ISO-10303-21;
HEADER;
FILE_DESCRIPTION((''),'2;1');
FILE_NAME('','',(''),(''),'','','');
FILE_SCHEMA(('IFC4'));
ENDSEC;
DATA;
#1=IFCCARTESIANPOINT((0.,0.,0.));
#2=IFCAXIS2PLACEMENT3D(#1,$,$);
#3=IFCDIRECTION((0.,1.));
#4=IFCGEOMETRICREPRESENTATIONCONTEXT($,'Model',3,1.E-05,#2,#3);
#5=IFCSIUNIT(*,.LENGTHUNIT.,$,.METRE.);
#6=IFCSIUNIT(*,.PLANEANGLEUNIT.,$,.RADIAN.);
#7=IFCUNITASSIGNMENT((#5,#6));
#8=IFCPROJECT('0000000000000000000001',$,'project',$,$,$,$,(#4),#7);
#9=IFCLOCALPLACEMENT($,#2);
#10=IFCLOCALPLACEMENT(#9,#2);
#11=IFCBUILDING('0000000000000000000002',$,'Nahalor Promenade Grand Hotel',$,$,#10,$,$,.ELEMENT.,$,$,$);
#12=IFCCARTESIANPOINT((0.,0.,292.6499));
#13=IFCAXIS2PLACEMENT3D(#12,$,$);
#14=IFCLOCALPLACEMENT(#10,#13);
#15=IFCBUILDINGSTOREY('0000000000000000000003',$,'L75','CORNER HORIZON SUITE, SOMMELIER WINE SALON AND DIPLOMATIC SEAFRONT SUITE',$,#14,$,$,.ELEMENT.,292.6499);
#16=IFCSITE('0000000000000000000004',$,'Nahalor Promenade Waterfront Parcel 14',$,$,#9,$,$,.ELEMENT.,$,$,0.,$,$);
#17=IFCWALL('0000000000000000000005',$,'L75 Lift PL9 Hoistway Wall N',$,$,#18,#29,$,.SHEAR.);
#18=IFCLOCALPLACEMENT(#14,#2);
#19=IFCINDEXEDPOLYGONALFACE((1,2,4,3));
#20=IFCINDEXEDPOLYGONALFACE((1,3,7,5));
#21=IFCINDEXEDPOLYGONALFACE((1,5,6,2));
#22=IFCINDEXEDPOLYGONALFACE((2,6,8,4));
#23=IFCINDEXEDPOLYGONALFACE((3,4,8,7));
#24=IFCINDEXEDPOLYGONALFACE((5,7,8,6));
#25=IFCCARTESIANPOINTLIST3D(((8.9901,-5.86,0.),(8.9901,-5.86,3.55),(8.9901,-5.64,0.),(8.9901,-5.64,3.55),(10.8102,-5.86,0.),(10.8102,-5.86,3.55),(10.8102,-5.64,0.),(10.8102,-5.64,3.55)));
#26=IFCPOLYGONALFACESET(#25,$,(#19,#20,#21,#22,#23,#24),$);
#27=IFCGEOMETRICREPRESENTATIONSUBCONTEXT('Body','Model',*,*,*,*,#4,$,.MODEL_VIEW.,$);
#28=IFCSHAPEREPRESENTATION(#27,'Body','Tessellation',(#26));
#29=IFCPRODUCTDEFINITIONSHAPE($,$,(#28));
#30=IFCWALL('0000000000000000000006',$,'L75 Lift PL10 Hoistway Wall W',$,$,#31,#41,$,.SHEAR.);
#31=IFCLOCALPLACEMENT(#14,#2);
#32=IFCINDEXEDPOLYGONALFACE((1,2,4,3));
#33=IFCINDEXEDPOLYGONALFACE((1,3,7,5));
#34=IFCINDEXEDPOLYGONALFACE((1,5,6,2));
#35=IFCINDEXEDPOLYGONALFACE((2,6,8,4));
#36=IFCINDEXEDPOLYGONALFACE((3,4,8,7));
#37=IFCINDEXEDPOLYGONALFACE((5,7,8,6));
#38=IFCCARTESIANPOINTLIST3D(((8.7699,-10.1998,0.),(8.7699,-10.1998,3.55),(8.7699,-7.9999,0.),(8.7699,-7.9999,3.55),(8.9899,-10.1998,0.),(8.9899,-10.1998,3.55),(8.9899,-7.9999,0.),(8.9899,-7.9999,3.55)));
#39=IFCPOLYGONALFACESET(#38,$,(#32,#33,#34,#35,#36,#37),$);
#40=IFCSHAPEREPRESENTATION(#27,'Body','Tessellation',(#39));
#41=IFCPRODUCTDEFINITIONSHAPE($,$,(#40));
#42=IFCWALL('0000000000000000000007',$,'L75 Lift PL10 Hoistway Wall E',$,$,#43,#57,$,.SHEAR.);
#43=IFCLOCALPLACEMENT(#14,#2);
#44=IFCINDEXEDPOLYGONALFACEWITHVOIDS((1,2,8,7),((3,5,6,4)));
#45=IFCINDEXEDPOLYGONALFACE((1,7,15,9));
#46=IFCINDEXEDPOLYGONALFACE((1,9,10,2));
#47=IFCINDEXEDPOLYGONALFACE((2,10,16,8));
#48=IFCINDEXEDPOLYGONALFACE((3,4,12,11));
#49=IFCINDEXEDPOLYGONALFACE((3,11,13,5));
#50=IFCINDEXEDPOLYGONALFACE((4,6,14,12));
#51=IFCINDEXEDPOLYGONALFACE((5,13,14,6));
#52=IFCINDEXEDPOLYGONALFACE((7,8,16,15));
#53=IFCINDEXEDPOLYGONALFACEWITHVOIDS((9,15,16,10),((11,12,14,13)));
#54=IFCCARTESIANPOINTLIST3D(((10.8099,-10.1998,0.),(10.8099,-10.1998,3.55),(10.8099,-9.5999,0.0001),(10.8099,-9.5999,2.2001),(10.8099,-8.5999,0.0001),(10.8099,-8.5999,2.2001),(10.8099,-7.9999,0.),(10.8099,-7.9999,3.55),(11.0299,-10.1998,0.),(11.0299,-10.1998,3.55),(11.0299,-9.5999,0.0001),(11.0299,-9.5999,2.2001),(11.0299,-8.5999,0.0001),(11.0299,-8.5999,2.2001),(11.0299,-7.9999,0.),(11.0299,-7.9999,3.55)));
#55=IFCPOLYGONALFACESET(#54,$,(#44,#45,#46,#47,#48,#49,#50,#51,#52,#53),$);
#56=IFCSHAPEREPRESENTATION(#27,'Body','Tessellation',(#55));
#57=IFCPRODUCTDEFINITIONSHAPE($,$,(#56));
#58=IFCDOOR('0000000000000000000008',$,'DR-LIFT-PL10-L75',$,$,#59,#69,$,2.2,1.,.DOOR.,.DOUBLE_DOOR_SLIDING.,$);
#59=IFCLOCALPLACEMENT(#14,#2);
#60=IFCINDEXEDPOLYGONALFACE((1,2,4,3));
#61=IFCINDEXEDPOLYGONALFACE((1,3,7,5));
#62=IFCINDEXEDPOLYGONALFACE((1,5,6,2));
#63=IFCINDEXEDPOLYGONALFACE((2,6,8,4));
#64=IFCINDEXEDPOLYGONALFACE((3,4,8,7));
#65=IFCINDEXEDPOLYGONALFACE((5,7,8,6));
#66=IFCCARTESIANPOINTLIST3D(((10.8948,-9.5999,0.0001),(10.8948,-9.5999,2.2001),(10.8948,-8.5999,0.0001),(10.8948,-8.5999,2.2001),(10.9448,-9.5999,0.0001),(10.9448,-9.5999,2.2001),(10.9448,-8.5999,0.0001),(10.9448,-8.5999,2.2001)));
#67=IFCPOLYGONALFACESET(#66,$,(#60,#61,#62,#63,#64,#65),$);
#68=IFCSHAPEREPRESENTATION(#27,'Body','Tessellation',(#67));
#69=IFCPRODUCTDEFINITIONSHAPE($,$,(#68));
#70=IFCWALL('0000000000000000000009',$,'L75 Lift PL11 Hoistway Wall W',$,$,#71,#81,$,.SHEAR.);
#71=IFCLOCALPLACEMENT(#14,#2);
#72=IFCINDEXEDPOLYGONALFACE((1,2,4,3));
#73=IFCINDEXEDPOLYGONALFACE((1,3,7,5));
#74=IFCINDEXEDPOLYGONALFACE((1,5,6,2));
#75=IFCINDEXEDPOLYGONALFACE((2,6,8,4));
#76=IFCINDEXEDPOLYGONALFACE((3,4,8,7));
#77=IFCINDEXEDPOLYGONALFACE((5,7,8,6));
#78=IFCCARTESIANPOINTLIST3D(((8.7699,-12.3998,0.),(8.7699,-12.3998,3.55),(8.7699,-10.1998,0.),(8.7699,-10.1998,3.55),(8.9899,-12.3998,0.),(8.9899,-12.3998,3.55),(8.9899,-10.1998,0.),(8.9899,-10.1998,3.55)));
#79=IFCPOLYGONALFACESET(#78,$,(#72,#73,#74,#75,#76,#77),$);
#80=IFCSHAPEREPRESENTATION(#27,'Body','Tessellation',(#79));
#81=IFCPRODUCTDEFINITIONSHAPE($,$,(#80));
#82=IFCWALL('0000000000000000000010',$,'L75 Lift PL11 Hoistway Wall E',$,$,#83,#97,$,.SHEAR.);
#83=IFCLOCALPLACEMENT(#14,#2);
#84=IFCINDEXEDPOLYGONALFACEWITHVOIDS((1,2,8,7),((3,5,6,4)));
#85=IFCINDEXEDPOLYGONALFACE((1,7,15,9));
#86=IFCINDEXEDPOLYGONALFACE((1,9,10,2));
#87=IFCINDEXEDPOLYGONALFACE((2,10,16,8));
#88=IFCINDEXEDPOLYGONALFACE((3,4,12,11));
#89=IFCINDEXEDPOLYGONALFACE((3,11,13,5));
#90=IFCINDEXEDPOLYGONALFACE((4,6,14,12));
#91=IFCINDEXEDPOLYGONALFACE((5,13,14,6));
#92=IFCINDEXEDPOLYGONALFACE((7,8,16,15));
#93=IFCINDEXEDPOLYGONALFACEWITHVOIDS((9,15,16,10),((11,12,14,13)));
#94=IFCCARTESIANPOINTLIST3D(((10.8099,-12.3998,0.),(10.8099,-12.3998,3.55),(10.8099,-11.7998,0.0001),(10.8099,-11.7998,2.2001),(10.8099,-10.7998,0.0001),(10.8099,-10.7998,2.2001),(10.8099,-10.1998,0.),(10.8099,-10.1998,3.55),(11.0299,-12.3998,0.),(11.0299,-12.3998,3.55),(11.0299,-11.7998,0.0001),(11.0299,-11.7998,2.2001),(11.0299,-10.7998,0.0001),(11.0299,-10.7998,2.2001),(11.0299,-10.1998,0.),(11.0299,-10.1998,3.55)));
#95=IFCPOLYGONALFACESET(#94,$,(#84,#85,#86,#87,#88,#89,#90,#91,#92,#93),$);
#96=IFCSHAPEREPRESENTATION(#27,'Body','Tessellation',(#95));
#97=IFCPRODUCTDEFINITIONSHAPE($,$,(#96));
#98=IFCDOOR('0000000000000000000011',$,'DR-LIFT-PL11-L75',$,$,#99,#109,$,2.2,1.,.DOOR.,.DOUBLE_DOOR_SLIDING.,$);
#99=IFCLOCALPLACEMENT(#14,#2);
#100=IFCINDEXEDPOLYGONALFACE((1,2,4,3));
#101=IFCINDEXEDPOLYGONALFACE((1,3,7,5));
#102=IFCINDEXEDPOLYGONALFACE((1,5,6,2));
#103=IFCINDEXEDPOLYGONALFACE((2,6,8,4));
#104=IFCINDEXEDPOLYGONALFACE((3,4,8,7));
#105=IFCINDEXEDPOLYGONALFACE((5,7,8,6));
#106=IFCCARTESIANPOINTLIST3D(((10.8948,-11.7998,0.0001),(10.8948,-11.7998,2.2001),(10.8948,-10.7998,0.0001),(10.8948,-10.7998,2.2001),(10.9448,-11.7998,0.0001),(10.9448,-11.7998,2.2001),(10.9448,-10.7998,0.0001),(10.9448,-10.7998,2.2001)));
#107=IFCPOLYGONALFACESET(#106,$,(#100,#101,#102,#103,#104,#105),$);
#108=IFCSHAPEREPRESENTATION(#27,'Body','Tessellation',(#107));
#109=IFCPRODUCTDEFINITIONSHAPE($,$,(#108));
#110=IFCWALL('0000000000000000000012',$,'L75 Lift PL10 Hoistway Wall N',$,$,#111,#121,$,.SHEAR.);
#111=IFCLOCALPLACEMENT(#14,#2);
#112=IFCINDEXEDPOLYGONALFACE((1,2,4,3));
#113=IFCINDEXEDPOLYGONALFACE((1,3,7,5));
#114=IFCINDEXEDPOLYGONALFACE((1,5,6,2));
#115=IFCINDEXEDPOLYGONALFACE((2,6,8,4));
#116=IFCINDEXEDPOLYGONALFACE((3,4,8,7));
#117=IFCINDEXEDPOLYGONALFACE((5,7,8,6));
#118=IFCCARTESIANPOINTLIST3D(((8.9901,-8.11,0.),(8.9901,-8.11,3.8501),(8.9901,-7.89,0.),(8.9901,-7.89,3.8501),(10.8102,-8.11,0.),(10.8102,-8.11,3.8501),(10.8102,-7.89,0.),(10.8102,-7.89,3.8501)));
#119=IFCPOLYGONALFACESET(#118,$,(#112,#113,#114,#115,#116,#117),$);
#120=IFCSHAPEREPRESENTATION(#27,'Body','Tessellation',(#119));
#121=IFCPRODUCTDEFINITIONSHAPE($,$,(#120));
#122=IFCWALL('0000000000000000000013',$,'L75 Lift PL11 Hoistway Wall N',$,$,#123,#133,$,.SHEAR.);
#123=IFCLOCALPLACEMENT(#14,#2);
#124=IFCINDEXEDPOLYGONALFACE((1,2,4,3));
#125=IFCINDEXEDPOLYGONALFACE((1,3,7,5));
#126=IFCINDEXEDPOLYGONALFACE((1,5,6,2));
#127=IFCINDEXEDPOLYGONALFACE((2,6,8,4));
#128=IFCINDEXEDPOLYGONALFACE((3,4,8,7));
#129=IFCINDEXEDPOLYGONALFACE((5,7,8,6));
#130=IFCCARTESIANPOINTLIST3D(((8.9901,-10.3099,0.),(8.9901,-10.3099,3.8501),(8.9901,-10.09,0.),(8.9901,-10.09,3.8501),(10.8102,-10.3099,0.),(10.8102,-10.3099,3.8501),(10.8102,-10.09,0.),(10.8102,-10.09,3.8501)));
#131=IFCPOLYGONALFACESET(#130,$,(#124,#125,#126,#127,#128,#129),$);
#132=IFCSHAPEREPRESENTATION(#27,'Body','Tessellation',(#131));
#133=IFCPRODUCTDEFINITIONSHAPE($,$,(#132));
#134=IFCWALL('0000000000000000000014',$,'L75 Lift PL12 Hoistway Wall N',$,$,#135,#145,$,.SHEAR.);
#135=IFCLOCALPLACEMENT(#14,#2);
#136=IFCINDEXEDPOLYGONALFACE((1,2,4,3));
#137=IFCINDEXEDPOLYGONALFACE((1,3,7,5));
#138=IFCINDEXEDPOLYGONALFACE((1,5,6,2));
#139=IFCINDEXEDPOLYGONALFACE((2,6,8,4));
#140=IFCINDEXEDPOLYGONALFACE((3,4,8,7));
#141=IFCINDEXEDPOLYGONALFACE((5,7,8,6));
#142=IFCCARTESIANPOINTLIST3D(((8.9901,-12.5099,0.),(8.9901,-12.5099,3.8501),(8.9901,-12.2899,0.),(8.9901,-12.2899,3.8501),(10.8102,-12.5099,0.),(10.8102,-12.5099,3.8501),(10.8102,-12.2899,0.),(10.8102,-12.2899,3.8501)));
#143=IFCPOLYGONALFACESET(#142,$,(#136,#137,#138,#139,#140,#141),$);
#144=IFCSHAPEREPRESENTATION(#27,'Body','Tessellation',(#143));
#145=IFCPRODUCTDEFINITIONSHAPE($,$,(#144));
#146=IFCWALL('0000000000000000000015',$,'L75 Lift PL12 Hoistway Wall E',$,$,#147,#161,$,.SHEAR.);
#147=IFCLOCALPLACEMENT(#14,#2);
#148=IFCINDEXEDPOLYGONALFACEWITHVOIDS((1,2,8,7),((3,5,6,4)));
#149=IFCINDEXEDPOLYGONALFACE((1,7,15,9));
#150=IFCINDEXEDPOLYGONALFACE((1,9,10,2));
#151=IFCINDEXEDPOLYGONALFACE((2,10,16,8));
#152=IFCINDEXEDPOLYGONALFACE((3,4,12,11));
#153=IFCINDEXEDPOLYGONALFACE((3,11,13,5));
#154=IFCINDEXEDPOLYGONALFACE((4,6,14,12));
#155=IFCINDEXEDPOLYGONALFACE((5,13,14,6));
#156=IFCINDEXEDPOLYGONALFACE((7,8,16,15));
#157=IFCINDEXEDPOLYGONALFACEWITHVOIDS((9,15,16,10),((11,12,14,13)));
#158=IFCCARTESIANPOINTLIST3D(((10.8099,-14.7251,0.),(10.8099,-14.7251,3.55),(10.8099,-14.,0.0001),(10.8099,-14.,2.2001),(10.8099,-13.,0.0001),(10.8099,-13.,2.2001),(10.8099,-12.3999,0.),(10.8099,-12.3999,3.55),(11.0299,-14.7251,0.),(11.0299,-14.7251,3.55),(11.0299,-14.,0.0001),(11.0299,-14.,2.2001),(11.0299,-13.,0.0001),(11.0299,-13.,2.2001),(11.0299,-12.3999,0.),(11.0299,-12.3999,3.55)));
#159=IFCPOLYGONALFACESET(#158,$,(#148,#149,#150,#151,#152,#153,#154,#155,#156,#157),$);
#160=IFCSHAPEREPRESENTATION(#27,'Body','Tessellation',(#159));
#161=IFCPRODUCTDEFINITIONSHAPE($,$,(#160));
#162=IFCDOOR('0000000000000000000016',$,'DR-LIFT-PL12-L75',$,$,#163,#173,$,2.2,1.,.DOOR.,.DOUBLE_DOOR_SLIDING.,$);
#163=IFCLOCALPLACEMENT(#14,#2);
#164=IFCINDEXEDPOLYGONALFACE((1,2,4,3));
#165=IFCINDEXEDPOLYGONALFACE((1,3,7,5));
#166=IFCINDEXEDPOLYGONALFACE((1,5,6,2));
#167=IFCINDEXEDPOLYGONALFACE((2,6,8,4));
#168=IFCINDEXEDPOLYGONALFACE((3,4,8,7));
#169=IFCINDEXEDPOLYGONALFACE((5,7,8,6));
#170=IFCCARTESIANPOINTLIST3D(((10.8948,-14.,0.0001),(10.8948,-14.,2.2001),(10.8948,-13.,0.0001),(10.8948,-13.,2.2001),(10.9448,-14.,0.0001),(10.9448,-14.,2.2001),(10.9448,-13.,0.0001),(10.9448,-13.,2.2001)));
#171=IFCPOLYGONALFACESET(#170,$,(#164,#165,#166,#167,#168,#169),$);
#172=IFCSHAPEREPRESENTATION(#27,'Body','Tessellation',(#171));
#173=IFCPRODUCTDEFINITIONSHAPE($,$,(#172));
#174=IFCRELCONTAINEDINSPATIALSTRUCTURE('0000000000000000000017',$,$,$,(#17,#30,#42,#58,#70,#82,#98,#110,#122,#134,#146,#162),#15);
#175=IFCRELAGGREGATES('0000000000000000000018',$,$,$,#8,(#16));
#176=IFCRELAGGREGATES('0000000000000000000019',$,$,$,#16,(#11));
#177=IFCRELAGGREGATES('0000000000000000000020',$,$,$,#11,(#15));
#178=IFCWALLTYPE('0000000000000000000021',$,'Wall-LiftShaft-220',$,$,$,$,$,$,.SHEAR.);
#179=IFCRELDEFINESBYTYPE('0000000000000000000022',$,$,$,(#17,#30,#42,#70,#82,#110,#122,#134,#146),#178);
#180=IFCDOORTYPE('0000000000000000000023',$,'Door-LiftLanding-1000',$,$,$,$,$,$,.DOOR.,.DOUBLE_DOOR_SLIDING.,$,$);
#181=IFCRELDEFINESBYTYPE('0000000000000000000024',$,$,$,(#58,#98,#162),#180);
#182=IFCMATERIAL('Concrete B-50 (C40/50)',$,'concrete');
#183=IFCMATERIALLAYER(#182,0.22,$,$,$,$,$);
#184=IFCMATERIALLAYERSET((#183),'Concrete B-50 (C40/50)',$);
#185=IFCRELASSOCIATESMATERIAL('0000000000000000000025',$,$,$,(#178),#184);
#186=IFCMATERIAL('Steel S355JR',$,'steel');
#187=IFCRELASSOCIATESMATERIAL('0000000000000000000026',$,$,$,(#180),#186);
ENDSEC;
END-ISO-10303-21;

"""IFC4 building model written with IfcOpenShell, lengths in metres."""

from ifc_helpers import new_model, si_unit, direction, frame, frame_2d, origin, place, context, subcontext, project, spatial, rectangle, extrude, source, transform, mapped, material, layer, layer_set, type_object, element, fill, save


model = new_model("IFC4")

# Units and contexts
model_context = context("Model", 3, precision=1e-05, world=origin(), true_north=direction((0.0, 1.0)))
body_context = subcontext(model_context, "Body", "Model", "MODEL_VIEW")
ifc_project = project(units=[si_unit("LENGTHUNIT", "METRE"), si_unit("PLANEANGLEUNIT", "RADIAN")], contexts=[model_context])

# Site, building, storey
site_placement = place(None, origin())
site = spatial("IfcSite", under=ifc_project, at=site_placement, Name="Nahalor Promenade Waterfront Parcel 14", CompositionType="ELEMENT", RefElevation=0.0)
building_placement = place(site_placement, origin())
building = spatial("IfcBuilding", under=site, at=building_placement, Name="Nahalor Promenade Grand Hotel", CompositionType="ELEMENT")
storey_placement = place(building_placement, frame((0.0, 0.0, 292.6499)))
storey = spatial("IfcBuildingStorey", under=building, at=storey_placement, Name="L75", Description="CORNER HORIZON SUITE, SOMMELIER WINE SALON AND DIPLOMATIC SEAFRONT SUITE", CompositionType="ELEMENT", Elevation=292.6499)

# Shared definitions
ifc_material_1 = material(Name="Concrete B-50 (C40/50)", Category="concrete")

# Shared definitions
ifc_material_2 = material(Name="Steel S355JR", Category="steel")

# Shared definitions
ifc_layer_1 = layer(ifc_material_1, 0.22)
ifc_layer_set_1 = layer_set([ifc_layer_1], Name="Concrete B-50 (C40/50)")
wall_type_1 = type_object("IfcWallType", Name="Wall-LiftShaft-220", PredefinedType="SHEAR", material=ifc_layer_set_1)

# Shared definitions
door_type_1 = type_object("IfcDoorType", Name="Door-LiftLanding-1000", OperationType="DOUBLE_DOOR_SLIDING", PredefinedType="DOOR", material=ifc_material_2)
shared_shape_1 = source(origin(), body_context, "Body", "SweptSolid", [
    extrude(rectangle(XDim=1.0, YDim=2.2, at=frame_2d((0.5, 1.1001))), frame((0.0, 0.0249, 0.0), z_axis=(0.0, -1.0, 0.0), x_axis=(1.0, 0.0, 0.0)), (0.0, 0.0, 1.0), 0.05),
])

# Walls
shared_shape_2 = source(origin(), body_context, "Body", "SweptSolid", [
    extrude(rectangle(XDim=1.8201, YDim=0.22, at=frame_2d((0.9102, 0.0))), origin(), (0.0, 0.0, 1.0), 3.55),
])
wall_1_placement = place(storey_placement, frame((8.99, -5.75, 0.0), z_axis=(0.0, 0.0, 1.0), x_axis=(1.0, 0.0, 0.0)))
element("IfcWall", 1, at=wall_1_placement, inside=storey, type_object=wall_type_1, Name="L75 Lift PL9 Hoistway Wall N", PredefinedType="SHEAR", context=body_context, shape_type="MappedRepresentation", body=[
    mapped(shared_shape_2, transform((0.0, 0.0, 0.0), scale=1.0)),
])
shared_shape_3 = source(origin(), body_context, "Body", "SweptSolid", [
    extrude(rectangle(XDim=2.2, YDim=0.22, at=frame_2d((1.1001, 0.0))), origin(), (0.0, 0.0, 1.0), 3.55),
])
wall_2_placement = place(storey_placement, frame((8.8799, -10.2, 0.0), z_axis=(0.0, 0.0, 1.0), x_axis=(0.0, 1.0, 0.0)))
element("IfcWall", 2, at=wall_2_placement, inside=storey, type_object=wall_type_1, Name="L75 Lift PL10 Hoistway Wall W", PredefinedType="SHEAR", context=body_context, shape_type="MappedRepresentation", body=[
    mapped(shared_shape_3, transform((0.0, 0.0, 0.0), scale=1.0)),
])

# Wall, opening, door
wall_3_placement = place(storey_placement, frame((10.9199, -10.2, 0.0), z_axis=(0.0, 0.0, 1.0), x_axis=(0.0, 1.0, 0.0)))
wall_3 = element("IfcWall", 3, at=wall_3_placement, inside=storey, type_object=wall_type_1, Name="L75 Lift PL10 Hoistway Wall E", PredefinedType="SHEAR", context=body_context, shape_type="MappedRepresentation", body=[
    mapped(shared_shape_3, transform((0.0, 0.0, 0.0), scale=1.0)),
])
opening_1_placement = place(wall_3_placement, frame((0.6001, 0.0, 0.0)))
opening_1 = element("IfcOpeningElement", 4, at=opening_1_placement, cuts=wall_3, PredefinedType="OPENING", context=body_context, shape_type="SweptSolid", body=[
    extrude(rectangle(XDim=1.0, YDim=2.2, at=frame_2d((0.5, 1.1001))), frame((0.0, 0.1199, 0.0), z_axis=(0.0, -1.0, 0.0), x_axis=(1.0, 0.0, 0.0)), (0.0, 0.0, 1.0), 0.24),
])
door_1_placement = place(opening_1_placement, frame((1.0, 0.0, 0.0), z_axis=(0.0, 0.0, 1.0), x_axis=(-1.0, 0.0, 0.0)))
door_1 = element("IfcDoor", 5, at=door_1_placement, inside=storey, type_object=door_type_1, Name="DR-LIFT-PL10-L75", OperationType="DOUBLE_DOOR_SLIDING", OverallHeight=2.2, OverallWidth=1.0, PredefinedType="DOOR", context=body_context, shape_type="MappedRepresentation", body=[
    mapped(shared_shape_1, transform((0.0, 0.0, 0.0), scale=1.0)),
])
fill(opening_1, door_1)

# Wall
wall_4_placement = place(storey_placement, frame((8.8799, -12.3999, 0.0), z_axis=(0.0, 0.0, 1.0), x_axis=(0.0, 1.0, 0.0)))
element("IfcWall", 6, at=wall_4_placement, inside=storey, type_object=wall_type_1, Name="L75 Lift PL11 Hoistway Wall W", PredefinedType="SHEAR", context=body_context, shape_type="MappedRepresentation", body=[
    mapped(shared_shape_3, transform((0.0, 0.0, 0.0), scale=1.0)),
])

# Wall, opening, door
wall_5_placement = place(storey_placement, frame((10.9199, -12.3999, 0.0), z_axis=(0.0, 0.0, 1.0), x_axis=(0.0, 1.0, 0.0)))
wall_5 = element("IfcWall", 7, at=wall_5_placement, inside=storey, type_object=wall_type_1, Name="L75 Lift PL11 Hoistway Wall E", PredefinedType="SHEAR", context=body_context, shape_type="MappedRepresentation", body=[
    mapped(shared_shape_3, transform((0.0, 0.0, 0.0), scale=1.0)),
])
opening_2_placement = place(wall_5_placement, frame((0.6001, 0.0, 0.0)))
opening_2 = element("IfcOpeningElement", 8, at=opening_2_placement, cuts=wall_5, PredefinedType="OPENING", context=body_context, shape_type="SweptSolid", body=[
    extrude(rectangle(XDim=1.0, YDim=2.2, at=frame_2d((0.5, 1.1001))), frame((0.0, 0.1199, 0.0), z_axis=(0.0, -1.0, 0.0), x_axis=(1.0, 0.0, 0.0)), (0.0, 0.0, 1.0), 0.24),
])
door_2_placement = place(opening_2_placement, frame((1.0, 0.0, 0.0), z_axis=(0.0, 0.0, 1.0), x_axis=(-1.0, 0.0, 0.0)))
door_2 = element("IfcDoor", 9, at=door_2_placement, inside=storey, type_object=door_type_1, Name="DR-LIFT-PL11-L75", OperationType="DOUBLE_DOOR_SLIDING", OverallHeight=2.2, OverallWidth=1.0, PredefinedType="DOOR", context=body_context, shape_type="MappedRepresentation", body=[
    mapped(shared_shape_1, transform((0.0, 0.0, 0.0), scale=1.0)),
])
fill(opening_2, door_2)

# Walls
shared_shape_4 = source(origin(), body_context, "Body", "SweptSolid", [
    extrude(rectangle(XDim=1.8201, YDim=0.22, at=frame_2d((0.9102, 0.0))), origin(), (0.0, 0.0, 1.0), 3.8501),
])
for number, where, z_axis, x_axis, name in (
    (10, (8.99, -8.0, 0.0), (0.0, 0.0, 1.0), (1.0, 0.0, 0.0), "L75 Lift PL10 Hoistway Wall N"),
    (11, (8.99, -10.2, 0.0), (0.0, 0.0, 1.0), (1.0, 0.0, 0.0), "L75 Lift PL11 Hoistway Wall N"),
    (12, (8.99, -12.3999, 0.0), (0.0, 0.0, 1.0), (1.0, 0.0, 0.0), "L75 Lift PL12 Hoistway Wall N"),
):
    element("IfcWall", number, at=place(storey_placement, frame(where, z_axis=z_axis, x_axis=x_axis)), inside=storey, type_object=wall_type_1, Name=name, PredefinedType="SHEAR", context=body_context, shape_type="MappedRepresentation", body=[
        mapped(shared_shape_4, transform((0.0, 0.0, 0.0), scale=1.0)),
    ])

# Wall, opening, door
shared_shape_5 = source(origin(), body_context, "Body", "SweptSolid", [
    extrude(rectangle(XDim=2.3252, YDim=0.22, at=frame_2d((1.1626, 0.0))), origin(), (0.0, 0.0, 1.0), 3.55),
])
wall_6_placement = place(storey_placement, frame((10.9199, -14.7251, 0.0), z_axis=(0.0, 0.0, 1.0), x_axis=(0.0, 1.0, 0.0)))
wall_6 = element("IfcWall", 13, at=wall_6_placement, inside=storey, type_object=wall_type_1, Name="L75 Lift PL12 Hoistway Wall E", PredefinedType="SHEAR", context=body_context, shape_type="MappedRepresentation", body=[
    mapped(shared_shape_5, transform((0.0, 0.0, 0.0), scale=1.0)),
])
opening_3_placement = place(wall_6_placement, frame((0.7251, 0.0, 0.0)))
opening_3 = element("IfcOpeningElement", 14, at=opening_3_placement, cuts=wall_6, PredefinedType="OPENING", context=body_context, shape_type="SweptSolid", body=[
    extrude(rectangle(XDim=1.0, YDim=2.2, at=frame_2d((0.5, 1.1001))), frame((0.0, 0.1199, 0.0), z_axis=(0.0, -1.0, 0.0), x_axis=(1.0, 0.0, 0.0)), (0.0, 0.0, 1.0), 0.24),
])
door_3_placement = place(opening_3_placement, frame((1.0, 0.0, 0.0), z_axis=(0.0, 0.0, 1.0), x_axis=(-1.0, 0.0, 0.0)))
door_3 = element("IfcDoor", 15, at=door_3_placement, inside=storey, type_object=door_type_1, Name="DR-LIFT-PL12-L75", OperationType="DOUBLE_DOOR_SLIDING", OverallHeight=2.2, OverallWidth=1.0, PredefinedType="DOOR", context=body_context, shape_type="MappedRepresentation", body=[
    mapped(shared_shape_1, transform((0.0, 0.0, 0.0), scale=1.0)),
])
fill(opening_3, door_3)

save(model, "model.ifc")
